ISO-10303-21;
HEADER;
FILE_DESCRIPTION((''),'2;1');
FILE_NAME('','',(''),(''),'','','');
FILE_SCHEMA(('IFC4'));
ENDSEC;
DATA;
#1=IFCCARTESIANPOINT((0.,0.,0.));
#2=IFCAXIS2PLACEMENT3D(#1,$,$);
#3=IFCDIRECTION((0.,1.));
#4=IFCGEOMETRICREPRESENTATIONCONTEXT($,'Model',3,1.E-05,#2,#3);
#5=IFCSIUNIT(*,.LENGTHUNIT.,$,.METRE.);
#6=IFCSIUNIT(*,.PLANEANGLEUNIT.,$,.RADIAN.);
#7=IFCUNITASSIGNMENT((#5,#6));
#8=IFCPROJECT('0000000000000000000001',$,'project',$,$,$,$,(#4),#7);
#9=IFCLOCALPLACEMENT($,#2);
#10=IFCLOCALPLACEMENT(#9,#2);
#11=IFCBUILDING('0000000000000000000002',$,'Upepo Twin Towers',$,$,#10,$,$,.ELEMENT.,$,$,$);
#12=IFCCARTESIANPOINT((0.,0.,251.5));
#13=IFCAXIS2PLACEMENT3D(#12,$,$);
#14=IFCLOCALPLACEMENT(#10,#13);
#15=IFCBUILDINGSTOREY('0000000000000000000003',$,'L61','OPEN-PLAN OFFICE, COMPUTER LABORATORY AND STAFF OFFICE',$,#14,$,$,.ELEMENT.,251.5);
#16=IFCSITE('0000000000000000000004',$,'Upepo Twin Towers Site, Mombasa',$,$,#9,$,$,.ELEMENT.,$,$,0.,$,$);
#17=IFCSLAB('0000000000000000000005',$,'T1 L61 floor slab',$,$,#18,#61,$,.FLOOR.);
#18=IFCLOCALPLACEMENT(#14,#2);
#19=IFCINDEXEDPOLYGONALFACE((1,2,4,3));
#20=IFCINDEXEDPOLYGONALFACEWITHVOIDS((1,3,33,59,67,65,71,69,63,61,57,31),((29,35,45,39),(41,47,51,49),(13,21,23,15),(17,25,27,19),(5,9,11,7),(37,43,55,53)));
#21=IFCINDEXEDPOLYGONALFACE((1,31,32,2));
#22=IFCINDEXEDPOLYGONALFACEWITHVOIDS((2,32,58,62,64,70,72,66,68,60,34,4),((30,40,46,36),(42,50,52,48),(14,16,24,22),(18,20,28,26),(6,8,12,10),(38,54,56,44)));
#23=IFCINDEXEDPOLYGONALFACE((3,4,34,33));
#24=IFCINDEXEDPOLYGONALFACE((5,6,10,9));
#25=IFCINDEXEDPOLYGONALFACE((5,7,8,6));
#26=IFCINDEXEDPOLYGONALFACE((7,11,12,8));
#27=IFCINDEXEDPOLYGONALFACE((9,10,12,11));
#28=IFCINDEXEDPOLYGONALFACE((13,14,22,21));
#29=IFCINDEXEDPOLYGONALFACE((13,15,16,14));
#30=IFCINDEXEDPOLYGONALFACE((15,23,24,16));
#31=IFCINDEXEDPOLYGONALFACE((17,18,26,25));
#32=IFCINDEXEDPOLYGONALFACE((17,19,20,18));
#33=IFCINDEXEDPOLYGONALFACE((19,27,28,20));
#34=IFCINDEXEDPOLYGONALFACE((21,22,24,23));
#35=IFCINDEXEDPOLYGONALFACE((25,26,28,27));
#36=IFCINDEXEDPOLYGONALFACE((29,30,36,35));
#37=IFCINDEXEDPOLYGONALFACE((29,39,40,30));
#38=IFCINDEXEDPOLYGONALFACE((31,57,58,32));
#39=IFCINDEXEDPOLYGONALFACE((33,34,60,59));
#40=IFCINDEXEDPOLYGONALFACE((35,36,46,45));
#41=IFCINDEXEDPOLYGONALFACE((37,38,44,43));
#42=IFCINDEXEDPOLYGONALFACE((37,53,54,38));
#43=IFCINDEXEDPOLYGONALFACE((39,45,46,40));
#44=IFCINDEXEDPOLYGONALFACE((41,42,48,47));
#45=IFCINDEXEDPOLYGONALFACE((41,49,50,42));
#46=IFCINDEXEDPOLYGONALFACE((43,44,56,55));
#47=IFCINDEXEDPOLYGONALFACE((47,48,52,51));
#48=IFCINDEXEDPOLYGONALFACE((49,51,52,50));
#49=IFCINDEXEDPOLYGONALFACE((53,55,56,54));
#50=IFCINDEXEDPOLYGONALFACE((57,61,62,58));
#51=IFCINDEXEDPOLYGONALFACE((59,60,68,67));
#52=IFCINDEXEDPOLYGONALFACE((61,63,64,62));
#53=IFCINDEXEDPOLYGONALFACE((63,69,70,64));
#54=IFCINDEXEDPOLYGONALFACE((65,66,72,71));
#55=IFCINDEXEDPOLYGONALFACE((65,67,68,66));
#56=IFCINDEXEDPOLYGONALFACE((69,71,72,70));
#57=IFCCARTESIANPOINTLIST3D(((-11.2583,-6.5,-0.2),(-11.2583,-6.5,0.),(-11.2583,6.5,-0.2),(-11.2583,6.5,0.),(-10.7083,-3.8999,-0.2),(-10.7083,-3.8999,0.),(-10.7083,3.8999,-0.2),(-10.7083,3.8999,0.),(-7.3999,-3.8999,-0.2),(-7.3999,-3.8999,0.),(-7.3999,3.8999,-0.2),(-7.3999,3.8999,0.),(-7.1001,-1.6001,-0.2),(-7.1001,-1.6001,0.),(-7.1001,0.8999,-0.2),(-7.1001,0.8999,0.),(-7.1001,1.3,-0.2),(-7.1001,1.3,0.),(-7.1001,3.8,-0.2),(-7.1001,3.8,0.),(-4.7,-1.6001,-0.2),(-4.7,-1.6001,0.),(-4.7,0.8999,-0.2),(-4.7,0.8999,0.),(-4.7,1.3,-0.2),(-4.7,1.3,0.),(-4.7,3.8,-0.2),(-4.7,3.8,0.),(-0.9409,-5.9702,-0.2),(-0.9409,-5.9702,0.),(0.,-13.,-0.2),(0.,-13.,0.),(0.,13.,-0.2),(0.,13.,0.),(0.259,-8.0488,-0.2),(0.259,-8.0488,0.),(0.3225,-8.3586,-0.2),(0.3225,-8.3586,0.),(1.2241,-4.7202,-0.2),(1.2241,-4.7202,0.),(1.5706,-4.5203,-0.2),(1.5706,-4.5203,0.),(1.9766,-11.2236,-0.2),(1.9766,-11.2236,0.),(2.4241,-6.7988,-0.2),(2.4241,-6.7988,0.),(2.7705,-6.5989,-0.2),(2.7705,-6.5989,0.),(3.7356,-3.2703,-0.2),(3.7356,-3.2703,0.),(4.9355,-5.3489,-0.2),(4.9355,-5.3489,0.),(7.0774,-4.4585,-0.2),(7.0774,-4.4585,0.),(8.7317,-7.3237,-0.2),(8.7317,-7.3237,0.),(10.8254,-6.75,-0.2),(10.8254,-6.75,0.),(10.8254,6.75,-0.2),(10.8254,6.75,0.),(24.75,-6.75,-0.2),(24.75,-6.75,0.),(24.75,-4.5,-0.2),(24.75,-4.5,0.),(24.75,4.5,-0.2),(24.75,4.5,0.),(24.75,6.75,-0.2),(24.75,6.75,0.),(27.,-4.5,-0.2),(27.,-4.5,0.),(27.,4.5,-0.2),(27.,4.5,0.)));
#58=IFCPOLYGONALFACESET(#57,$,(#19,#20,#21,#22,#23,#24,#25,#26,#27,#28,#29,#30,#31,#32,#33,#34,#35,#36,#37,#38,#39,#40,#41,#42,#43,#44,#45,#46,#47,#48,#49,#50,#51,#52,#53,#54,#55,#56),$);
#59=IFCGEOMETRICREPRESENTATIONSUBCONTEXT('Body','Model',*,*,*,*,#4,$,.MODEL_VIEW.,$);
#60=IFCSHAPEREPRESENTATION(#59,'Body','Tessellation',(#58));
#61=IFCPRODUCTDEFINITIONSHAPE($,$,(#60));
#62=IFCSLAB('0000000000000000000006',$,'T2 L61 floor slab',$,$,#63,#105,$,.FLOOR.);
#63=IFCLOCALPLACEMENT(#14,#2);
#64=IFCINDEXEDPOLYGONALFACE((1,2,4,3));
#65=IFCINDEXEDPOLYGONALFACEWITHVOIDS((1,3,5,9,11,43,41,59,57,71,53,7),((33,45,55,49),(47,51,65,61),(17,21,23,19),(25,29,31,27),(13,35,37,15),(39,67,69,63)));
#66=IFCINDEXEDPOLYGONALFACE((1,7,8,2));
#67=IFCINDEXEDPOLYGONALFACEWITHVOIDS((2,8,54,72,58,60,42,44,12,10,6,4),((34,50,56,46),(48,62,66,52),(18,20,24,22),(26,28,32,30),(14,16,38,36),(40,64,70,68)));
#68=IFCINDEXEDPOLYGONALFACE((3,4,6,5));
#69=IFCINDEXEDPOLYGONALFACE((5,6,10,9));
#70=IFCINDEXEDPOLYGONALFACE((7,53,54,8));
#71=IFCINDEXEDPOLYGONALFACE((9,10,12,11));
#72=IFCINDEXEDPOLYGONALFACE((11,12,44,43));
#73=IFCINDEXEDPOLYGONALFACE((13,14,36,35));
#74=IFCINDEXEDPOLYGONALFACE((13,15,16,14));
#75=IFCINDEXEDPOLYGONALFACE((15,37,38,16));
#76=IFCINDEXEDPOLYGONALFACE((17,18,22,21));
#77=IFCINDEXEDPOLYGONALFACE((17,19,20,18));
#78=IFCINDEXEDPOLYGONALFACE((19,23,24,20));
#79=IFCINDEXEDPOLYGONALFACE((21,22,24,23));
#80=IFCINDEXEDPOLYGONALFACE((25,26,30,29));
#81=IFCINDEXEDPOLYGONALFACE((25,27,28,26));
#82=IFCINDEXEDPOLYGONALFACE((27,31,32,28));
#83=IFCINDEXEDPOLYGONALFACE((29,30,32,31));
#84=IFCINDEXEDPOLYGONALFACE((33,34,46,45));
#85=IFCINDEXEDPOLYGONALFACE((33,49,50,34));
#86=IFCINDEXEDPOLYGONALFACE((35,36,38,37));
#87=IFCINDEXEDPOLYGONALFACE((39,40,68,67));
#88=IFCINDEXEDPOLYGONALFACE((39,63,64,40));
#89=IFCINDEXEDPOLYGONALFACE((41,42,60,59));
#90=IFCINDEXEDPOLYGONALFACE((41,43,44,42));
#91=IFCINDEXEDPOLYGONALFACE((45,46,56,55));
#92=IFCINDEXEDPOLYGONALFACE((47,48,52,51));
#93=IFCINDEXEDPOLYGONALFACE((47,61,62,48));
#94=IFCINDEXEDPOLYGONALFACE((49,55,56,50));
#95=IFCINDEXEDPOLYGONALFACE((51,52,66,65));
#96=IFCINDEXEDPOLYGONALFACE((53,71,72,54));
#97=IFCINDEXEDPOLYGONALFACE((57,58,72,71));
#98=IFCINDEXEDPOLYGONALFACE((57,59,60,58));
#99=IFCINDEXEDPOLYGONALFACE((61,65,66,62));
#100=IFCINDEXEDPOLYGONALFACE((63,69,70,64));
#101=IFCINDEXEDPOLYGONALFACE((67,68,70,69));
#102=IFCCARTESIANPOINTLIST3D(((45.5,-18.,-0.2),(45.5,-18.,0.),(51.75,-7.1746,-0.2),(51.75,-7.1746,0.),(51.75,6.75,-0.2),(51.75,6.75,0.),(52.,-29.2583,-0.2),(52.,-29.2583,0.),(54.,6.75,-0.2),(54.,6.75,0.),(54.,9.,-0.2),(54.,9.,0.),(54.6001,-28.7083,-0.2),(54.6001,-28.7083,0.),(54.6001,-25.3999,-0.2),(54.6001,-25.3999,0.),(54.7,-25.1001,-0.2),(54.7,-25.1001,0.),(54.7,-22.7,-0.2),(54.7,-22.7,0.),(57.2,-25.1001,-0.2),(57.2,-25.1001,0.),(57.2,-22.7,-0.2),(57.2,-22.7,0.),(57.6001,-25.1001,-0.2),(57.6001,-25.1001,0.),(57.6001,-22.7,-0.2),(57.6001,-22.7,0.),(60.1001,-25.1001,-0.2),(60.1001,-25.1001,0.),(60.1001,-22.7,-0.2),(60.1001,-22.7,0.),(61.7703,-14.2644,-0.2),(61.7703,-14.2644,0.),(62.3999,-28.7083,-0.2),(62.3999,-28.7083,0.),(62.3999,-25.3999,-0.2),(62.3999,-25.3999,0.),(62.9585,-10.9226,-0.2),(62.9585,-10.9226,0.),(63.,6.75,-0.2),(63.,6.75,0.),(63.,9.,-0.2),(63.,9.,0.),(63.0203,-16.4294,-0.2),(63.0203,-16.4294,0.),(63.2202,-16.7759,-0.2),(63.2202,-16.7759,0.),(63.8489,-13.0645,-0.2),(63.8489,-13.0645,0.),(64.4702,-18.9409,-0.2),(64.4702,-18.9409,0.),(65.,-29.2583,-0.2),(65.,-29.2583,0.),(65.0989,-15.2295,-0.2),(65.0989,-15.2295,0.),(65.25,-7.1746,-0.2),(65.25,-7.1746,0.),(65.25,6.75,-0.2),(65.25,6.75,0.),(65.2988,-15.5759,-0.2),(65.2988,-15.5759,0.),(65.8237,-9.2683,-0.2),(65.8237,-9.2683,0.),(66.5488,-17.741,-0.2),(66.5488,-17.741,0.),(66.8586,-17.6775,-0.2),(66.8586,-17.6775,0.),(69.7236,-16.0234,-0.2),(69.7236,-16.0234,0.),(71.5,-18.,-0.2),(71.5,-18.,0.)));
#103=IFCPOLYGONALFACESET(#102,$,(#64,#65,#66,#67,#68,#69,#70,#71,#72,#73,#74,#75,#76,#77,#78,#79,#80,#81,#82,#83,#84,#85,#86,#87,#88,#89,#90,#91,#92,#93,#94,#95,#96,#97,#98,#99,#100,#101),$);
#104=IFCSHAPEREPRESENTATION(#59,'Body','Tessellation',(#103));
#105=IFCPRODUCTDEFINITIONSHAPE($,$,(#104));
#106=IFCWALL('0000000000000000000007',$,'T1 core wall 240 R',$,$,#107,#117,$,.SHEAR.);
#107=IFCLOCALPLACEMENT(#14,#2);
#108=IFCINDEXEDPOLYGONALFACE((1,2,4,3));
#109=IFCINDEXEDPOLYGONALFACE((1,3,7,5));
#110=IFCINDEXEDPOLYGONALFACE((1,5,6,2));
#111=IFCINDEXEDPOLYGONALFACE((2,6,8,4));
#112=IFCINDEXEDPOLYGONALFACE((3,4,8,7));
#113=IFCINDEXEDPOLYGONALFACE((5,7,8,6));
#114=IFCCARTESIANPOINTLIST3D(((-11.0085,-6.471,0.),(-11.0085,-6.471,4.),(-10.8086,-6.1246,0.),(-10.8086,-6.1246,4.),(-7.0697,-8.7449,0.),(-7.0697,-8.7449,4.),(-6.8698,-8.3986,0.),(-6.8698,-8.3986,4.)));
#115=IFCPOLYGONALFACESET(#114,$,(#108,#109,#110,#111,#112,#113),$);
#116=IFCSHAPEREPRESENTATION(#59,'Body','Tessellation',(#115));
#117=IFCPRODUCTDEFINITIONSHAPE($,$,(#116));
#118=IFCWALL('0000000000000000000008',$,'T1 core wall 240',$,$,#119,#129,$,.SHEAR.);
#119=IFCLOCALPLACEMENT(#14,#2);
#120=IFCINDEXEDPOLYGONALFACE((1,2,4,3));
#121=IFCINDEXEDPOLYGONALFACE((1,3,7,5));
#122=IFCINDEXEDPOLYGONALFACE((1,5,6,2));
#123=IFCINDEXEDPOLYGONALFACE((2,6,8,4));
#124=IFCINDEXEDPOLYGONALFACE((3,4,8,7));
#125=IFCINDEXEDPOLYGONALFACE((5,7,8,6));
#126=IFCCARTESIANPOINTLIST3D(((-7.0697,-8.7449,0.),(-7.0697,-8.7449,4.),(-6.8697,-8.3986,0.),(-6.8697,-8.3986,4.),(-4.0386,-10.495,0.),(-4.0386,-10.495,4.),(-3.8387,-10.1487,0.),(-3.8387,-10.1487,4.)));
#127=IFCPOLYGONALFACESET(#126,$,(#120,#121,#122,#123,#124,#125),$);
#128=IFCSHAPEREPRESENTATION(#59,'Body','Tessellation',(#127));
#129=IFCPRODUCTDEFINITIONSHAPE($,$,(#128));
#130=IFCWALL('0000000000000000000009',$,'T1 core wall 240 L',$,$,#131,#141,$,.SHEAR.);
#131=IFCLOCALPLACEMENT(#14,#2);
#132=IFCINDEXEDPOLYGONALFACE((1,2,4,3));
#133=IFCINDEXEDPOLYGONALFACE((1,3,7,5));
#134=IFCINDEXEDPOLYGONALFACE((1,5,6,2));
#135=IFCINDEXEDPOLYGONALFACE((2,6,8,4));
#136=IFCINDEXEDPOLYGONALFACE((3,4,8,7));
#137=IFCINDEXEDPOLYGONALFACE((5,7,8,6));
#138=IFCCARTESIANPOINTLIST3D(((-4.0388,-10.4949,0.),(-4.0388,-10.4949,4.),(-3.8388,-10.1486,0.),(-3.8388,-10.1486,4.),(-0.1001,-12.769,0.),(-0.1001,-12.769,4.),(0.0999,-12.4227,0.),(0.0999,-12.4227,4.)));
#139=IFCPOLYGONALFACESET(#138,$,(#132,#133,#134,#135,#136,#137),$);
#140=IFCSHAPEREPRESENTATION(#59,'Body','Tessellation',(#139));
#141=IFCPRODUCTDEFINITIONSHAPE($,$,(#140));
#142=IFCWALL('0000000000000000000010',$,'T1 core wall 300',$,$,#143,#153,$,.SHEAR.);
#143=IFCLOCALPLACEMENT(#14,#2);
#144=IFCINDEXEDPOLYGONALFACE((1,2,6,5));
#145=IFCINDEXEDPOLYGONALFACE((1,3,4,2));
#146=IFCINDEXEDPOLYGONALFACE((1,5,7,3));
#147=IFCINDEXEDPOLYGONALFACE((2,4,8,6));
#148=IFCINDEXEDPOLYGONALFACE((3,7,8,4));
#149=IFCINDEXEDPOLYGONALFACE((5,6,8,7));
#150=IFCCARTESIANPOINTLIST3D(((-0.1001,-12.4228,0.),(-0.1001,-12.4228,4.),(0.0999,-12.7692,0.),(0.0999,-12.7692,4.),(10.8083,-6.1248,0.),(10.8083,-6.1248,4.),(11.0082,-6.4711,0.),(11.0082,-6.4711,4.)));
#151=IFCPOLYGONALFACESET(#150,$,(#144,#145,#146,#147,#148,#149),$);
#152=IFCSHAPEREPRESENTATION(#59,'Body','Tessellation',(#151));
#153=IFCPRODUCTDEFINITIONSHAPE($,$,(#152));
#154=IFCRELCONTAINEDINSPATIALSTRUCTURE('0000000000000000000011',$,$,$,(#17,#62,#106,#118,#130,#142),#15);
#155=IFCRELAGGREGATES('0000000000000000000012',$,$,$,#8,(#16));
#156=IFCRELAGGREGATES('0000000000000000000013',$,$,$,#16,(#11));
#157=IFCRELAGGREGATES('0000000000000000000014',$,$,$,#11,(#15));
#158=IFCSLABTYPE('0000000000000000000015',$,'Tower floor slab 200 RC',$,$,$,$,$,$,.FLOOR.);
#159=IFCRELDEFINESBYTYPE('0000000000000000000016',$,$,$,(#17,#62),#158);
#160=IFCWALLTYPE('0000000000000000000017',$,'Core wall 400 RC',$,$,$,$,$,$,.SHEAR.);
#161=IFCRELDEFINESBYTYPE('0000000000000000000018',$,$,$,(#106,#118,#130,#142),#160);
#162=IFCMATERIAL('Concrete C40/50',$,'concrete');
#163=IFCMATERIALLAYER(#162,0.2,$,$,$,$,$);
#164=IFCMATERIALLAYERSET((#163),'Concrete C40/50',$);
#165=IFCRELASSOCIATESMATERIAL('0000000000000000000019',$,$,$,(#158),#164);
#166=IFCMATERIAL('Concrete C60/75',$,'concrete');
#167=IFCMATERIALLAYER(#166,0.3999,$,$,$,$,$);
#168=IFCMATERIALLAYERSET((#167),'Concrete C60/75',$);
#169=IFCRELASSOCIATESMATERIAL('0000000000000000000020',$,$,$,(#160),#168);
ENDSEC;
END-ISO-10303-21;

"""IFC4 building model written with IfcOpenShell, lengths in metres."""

from ifc_helpers import new_model, si_unit, direction, frame, frame_2d, origin, place, context, subcontext, project, spatial, polyline, rectangle, outline, extrude, material, layer, layer_set, type_object, element, save


model = new_model("IFC4")

# Units and contexts
model_context = context("Model", 3, precision=1e-05, world=origin(), true_north=direction((0.0, 1.0)))
body_context = subcontext(model_context, "Body", "Model", "MODEL_VIEW")
ifc_project = project(units=[si_unit("LENGTHUNIT", "METRE"), si_unit("PLANEANGLEUNIT", "RADIAN")], contexts=[model_context])

# Site, building, storey
site_placement = place(None, origin())
site = spatial("IfcSite", under=ifc_project, at=site_placement, Name="Upepo Twin Towers Site, Mombasa", CompositionType="ELEMENT", RefElevation=0.0)
building_placement = place(site_placement, origin())
building = spatial("IfcBuilding", under=site, at=building_placement, Name="Upepo Twin Towers", CompositionType="ELEMENT")
storey_placement = place(building_placement, frame((0.0, 0.0, 251.5)))
storey = spatial("IfcBuildingStorey", under=building, at=storey_placement, Name="L61", Description="OPEN-PLAN OFFICE, COMPUTER LABORATORY AND STAFF OFFICE", CompositionType="ELEMENT", Elevation=251.5)

# Slabs
ifc_material_1 = material(Name="Concrete C40/50", Category="concrete")
ifc_layer_1 = layer(ifc_material_1, 0.2)
ifc_layer_set_1 = layer_set([ifc_layer_1], Name="Concrete C40/50")
slab_type = type_object("IfcSlabType", Name="Tower floor slab 200 RC", PredefinedType="FLOOR", material=ifc_layer_set_1)
slab_1_placement = place(storey_placement, frame((0.0, 0.0, -0.2)))
element("IfcSlab", 1, at=slab_1_placement, inside=storey, type_object=slab_type, Name="T1 L61 floor slab", PredefinedType="FLOOR", context=body_context, shape_type="SweptSolid", body=[
    extrude(outline(polyline([(0.0, -13.0), (-11.2583, -6.5), (-11.2583, 6.5), (0.0, 13.0), (10.8254, 6.75), (24.75, 6.75), (24.75, 4.5), (27.0, 4.5), (27.0, -4.5), (24.75, -4.5), (24.75, -6.75), (10.8254, -6.75), (0.0, -13.0)]), holes=[polyline([(-4.7, 3.8), (-7.1001, 3.8), (-7.1001, 1.3), (-4.7, 1.3), (-4.7, 3.8)]), polyline([(-4.7, 0.8999), (-7.1001, 0.8999), (-7.1001, -1.6001), (-4.7, -1.6001), (-4.7, 0.8999)]), polyline([(-7.3999, 3.8999), (-10.7083, 3.8999), (-10.7083, -3.8999), (-7.3999, -3.8999), (-7.3999, 3.8999)]), polyline([(-0.9409, -5.9702), (0.259, -8.0488), (2.4241, -6.7988), (1.2241, -4.7202), (-0.9409, -5.9702)]), polyline([(1.5706, -4.5203), (2.7705, -6.5989), (4.9355, -5.3489), (3.7356, -3.2703), (1.5706, -4.5203)]), polyline([(0.3225, -8.3586), (1.9766, -11.2236), (8.7317, -7.3237), (7.0774, -4.4585), (0.3225, -8.3586)])]), origin(), (0.0, 0.0, 1.0), 0.2),
])
slab_2_placement = place(storey_placement, frame((0.0, 0.0, -0.2)))
element("IfcSlab", 2, at=slab_2_placement, inside=storey, type_object=slab_type, Name="T2 L61 floor slab", PredefinedType="FLOOR", context=body_context, shape_type="SweptSolid", body=[
    extrude(outline(polyline([(71.5, -18.0), (65.0, -29.2583), (52.0, -29.2583), (45.5, -18.0), (51.75, -7.1746), (51.75, 6.75), (54.0, 6.75), (54.0, 9.0), (63.0, 9.0), (63.0, 6.75), (65.25, 6.75), (65.25, -7.1746), (71.5, -18.0)]), holes=[polyline([(54.7, -22.7), (54.7, -25.1001), (57.2, -25.1001), (57.2, -22.7), (54.7, -22.7)]), polyline([(57.6001, -22.7), (57.6001, -25.1001), (60.1001, -25.1001), (60.1001, -22.7), (57.6001, -22.7)]), polyline([(54.6001, -25.3999), (54.6001, -28.7083), (62.3999, -28.7083), (62.3999, -25.3999), (54.6001, -25.3999)]), polyline([(64.4702, -18.9409), (66.5488, -17.741), (65.2988, -15.5759), (63.2202, -16.7759), (64.4702, -18.9409)]), polyline([(63.0203, -16.4294), (65.0989, -15.2295), (63.8489, -13.0645), (61.7703, -14.2644), (63.0203, -16.4294)]), polyline([(66.8586, -17.6775), (69.7236, -16.0234), (65.8237, -9.2683), (62.9585, -10.9226), (66.8586, -17.6775)])]), origin(), (0.0, 0.0, 1.0), 0.2),
])

# Walls
ifc_material_2 = material(Name="Concrete C60/75", Category="concrete")
ifc_layer_2 = layer(ifc_material_2, 0.3999)
ifc_layer_set_2 = layer_set([ifc_layer_2], Name="Concrete C60/75")
wall_type_1 = type_object("IfcWallType", Name="Core wall 400 RC", PredefinedType="SHEAR", material=ifc_layer_set_2)
wall_1_placement = place(storey_placement, frame((-10.9084, -6.2979, 0.0), z_axis=(0.0, 0.0, 1.0), x_axis=(0.866035, -0.499984, 0.0)))
element("IfcWall", 3, at=wall_1_placement, inside=storey, type_object=wall_type_1, Name="T1 core wall 240 R", PredefinedType="SHEAR", context=body_context, shape_type="SweptSolid", body=[
    extrude(rectangle(XDim=4.5481, YDim=0.3999, at=frame_2d((2.2739, 0.0))), origin(), (0.0, 0.0, 1.0), 4.0),
])
wall_2_placement = place(storey_placement, frame((-6.9697, -8.5718, 0.0), z_axis=(0.0, 0.0, 1.0), x_axis=(0.866019, -0.50001, 0.0)))
element("IfcWall", 4, at=wall_2_placement, inside=storey, type_object=wall_type_1, Name="T1 core wall 240", PredefinedType="SHEAR", context=body_context, shape_type="SweptSolid", body=[
    extrude(rectangle(XDim=3.5, YDim=0.3999, at=frame_2d((1.75, 0.0))), origin(), (0.0, 0.0, 1.0), 4.0),
])
wall_3_placement = place(storey_placement, frame((-3.9387, -10.3218, 0.0), z_axis=(0.0, 0.0, 1.0), x_axis=(0.866011, -0.500024, 0.0)))
element("IfcWall", 5, at=wall_3_placement, inside=storey, type_object=wall_type_1, Name="T1 core wall 240 L", PredefinedType="SHEAR", context=body_context, shape_type="SweptSolid", body=[
    extrude(rectangle(XDim=4.5481, YDim=0.3999, at=frame_2d((2.2739, 0.0))), origin(), (0.0, 0.0, 1.0), 4.0),
])
wall_4_placement = place(storey_placement, frame((0.0, -12.5959, 0.0), z_axis=(0.0, 0.0, 1.0), x_axis=(0.866022, 0.500006, 0.0)))
element("IfcWall", 6, at=wall_4_placement, inside=storey, type_object=wall_type_1, Name="T1 core wall 300", PredefinedType="SHEAR", context=body_context, shape_type="SweptSolid", body=[
    extrude(rectangle(XDim=12.5959, YDim=0.3999, at=frame_2d((6.2979, 0.0))), origin(), (0.0, 0.0, 1.0), 4.0),
])

save(model, "model.ifc")
